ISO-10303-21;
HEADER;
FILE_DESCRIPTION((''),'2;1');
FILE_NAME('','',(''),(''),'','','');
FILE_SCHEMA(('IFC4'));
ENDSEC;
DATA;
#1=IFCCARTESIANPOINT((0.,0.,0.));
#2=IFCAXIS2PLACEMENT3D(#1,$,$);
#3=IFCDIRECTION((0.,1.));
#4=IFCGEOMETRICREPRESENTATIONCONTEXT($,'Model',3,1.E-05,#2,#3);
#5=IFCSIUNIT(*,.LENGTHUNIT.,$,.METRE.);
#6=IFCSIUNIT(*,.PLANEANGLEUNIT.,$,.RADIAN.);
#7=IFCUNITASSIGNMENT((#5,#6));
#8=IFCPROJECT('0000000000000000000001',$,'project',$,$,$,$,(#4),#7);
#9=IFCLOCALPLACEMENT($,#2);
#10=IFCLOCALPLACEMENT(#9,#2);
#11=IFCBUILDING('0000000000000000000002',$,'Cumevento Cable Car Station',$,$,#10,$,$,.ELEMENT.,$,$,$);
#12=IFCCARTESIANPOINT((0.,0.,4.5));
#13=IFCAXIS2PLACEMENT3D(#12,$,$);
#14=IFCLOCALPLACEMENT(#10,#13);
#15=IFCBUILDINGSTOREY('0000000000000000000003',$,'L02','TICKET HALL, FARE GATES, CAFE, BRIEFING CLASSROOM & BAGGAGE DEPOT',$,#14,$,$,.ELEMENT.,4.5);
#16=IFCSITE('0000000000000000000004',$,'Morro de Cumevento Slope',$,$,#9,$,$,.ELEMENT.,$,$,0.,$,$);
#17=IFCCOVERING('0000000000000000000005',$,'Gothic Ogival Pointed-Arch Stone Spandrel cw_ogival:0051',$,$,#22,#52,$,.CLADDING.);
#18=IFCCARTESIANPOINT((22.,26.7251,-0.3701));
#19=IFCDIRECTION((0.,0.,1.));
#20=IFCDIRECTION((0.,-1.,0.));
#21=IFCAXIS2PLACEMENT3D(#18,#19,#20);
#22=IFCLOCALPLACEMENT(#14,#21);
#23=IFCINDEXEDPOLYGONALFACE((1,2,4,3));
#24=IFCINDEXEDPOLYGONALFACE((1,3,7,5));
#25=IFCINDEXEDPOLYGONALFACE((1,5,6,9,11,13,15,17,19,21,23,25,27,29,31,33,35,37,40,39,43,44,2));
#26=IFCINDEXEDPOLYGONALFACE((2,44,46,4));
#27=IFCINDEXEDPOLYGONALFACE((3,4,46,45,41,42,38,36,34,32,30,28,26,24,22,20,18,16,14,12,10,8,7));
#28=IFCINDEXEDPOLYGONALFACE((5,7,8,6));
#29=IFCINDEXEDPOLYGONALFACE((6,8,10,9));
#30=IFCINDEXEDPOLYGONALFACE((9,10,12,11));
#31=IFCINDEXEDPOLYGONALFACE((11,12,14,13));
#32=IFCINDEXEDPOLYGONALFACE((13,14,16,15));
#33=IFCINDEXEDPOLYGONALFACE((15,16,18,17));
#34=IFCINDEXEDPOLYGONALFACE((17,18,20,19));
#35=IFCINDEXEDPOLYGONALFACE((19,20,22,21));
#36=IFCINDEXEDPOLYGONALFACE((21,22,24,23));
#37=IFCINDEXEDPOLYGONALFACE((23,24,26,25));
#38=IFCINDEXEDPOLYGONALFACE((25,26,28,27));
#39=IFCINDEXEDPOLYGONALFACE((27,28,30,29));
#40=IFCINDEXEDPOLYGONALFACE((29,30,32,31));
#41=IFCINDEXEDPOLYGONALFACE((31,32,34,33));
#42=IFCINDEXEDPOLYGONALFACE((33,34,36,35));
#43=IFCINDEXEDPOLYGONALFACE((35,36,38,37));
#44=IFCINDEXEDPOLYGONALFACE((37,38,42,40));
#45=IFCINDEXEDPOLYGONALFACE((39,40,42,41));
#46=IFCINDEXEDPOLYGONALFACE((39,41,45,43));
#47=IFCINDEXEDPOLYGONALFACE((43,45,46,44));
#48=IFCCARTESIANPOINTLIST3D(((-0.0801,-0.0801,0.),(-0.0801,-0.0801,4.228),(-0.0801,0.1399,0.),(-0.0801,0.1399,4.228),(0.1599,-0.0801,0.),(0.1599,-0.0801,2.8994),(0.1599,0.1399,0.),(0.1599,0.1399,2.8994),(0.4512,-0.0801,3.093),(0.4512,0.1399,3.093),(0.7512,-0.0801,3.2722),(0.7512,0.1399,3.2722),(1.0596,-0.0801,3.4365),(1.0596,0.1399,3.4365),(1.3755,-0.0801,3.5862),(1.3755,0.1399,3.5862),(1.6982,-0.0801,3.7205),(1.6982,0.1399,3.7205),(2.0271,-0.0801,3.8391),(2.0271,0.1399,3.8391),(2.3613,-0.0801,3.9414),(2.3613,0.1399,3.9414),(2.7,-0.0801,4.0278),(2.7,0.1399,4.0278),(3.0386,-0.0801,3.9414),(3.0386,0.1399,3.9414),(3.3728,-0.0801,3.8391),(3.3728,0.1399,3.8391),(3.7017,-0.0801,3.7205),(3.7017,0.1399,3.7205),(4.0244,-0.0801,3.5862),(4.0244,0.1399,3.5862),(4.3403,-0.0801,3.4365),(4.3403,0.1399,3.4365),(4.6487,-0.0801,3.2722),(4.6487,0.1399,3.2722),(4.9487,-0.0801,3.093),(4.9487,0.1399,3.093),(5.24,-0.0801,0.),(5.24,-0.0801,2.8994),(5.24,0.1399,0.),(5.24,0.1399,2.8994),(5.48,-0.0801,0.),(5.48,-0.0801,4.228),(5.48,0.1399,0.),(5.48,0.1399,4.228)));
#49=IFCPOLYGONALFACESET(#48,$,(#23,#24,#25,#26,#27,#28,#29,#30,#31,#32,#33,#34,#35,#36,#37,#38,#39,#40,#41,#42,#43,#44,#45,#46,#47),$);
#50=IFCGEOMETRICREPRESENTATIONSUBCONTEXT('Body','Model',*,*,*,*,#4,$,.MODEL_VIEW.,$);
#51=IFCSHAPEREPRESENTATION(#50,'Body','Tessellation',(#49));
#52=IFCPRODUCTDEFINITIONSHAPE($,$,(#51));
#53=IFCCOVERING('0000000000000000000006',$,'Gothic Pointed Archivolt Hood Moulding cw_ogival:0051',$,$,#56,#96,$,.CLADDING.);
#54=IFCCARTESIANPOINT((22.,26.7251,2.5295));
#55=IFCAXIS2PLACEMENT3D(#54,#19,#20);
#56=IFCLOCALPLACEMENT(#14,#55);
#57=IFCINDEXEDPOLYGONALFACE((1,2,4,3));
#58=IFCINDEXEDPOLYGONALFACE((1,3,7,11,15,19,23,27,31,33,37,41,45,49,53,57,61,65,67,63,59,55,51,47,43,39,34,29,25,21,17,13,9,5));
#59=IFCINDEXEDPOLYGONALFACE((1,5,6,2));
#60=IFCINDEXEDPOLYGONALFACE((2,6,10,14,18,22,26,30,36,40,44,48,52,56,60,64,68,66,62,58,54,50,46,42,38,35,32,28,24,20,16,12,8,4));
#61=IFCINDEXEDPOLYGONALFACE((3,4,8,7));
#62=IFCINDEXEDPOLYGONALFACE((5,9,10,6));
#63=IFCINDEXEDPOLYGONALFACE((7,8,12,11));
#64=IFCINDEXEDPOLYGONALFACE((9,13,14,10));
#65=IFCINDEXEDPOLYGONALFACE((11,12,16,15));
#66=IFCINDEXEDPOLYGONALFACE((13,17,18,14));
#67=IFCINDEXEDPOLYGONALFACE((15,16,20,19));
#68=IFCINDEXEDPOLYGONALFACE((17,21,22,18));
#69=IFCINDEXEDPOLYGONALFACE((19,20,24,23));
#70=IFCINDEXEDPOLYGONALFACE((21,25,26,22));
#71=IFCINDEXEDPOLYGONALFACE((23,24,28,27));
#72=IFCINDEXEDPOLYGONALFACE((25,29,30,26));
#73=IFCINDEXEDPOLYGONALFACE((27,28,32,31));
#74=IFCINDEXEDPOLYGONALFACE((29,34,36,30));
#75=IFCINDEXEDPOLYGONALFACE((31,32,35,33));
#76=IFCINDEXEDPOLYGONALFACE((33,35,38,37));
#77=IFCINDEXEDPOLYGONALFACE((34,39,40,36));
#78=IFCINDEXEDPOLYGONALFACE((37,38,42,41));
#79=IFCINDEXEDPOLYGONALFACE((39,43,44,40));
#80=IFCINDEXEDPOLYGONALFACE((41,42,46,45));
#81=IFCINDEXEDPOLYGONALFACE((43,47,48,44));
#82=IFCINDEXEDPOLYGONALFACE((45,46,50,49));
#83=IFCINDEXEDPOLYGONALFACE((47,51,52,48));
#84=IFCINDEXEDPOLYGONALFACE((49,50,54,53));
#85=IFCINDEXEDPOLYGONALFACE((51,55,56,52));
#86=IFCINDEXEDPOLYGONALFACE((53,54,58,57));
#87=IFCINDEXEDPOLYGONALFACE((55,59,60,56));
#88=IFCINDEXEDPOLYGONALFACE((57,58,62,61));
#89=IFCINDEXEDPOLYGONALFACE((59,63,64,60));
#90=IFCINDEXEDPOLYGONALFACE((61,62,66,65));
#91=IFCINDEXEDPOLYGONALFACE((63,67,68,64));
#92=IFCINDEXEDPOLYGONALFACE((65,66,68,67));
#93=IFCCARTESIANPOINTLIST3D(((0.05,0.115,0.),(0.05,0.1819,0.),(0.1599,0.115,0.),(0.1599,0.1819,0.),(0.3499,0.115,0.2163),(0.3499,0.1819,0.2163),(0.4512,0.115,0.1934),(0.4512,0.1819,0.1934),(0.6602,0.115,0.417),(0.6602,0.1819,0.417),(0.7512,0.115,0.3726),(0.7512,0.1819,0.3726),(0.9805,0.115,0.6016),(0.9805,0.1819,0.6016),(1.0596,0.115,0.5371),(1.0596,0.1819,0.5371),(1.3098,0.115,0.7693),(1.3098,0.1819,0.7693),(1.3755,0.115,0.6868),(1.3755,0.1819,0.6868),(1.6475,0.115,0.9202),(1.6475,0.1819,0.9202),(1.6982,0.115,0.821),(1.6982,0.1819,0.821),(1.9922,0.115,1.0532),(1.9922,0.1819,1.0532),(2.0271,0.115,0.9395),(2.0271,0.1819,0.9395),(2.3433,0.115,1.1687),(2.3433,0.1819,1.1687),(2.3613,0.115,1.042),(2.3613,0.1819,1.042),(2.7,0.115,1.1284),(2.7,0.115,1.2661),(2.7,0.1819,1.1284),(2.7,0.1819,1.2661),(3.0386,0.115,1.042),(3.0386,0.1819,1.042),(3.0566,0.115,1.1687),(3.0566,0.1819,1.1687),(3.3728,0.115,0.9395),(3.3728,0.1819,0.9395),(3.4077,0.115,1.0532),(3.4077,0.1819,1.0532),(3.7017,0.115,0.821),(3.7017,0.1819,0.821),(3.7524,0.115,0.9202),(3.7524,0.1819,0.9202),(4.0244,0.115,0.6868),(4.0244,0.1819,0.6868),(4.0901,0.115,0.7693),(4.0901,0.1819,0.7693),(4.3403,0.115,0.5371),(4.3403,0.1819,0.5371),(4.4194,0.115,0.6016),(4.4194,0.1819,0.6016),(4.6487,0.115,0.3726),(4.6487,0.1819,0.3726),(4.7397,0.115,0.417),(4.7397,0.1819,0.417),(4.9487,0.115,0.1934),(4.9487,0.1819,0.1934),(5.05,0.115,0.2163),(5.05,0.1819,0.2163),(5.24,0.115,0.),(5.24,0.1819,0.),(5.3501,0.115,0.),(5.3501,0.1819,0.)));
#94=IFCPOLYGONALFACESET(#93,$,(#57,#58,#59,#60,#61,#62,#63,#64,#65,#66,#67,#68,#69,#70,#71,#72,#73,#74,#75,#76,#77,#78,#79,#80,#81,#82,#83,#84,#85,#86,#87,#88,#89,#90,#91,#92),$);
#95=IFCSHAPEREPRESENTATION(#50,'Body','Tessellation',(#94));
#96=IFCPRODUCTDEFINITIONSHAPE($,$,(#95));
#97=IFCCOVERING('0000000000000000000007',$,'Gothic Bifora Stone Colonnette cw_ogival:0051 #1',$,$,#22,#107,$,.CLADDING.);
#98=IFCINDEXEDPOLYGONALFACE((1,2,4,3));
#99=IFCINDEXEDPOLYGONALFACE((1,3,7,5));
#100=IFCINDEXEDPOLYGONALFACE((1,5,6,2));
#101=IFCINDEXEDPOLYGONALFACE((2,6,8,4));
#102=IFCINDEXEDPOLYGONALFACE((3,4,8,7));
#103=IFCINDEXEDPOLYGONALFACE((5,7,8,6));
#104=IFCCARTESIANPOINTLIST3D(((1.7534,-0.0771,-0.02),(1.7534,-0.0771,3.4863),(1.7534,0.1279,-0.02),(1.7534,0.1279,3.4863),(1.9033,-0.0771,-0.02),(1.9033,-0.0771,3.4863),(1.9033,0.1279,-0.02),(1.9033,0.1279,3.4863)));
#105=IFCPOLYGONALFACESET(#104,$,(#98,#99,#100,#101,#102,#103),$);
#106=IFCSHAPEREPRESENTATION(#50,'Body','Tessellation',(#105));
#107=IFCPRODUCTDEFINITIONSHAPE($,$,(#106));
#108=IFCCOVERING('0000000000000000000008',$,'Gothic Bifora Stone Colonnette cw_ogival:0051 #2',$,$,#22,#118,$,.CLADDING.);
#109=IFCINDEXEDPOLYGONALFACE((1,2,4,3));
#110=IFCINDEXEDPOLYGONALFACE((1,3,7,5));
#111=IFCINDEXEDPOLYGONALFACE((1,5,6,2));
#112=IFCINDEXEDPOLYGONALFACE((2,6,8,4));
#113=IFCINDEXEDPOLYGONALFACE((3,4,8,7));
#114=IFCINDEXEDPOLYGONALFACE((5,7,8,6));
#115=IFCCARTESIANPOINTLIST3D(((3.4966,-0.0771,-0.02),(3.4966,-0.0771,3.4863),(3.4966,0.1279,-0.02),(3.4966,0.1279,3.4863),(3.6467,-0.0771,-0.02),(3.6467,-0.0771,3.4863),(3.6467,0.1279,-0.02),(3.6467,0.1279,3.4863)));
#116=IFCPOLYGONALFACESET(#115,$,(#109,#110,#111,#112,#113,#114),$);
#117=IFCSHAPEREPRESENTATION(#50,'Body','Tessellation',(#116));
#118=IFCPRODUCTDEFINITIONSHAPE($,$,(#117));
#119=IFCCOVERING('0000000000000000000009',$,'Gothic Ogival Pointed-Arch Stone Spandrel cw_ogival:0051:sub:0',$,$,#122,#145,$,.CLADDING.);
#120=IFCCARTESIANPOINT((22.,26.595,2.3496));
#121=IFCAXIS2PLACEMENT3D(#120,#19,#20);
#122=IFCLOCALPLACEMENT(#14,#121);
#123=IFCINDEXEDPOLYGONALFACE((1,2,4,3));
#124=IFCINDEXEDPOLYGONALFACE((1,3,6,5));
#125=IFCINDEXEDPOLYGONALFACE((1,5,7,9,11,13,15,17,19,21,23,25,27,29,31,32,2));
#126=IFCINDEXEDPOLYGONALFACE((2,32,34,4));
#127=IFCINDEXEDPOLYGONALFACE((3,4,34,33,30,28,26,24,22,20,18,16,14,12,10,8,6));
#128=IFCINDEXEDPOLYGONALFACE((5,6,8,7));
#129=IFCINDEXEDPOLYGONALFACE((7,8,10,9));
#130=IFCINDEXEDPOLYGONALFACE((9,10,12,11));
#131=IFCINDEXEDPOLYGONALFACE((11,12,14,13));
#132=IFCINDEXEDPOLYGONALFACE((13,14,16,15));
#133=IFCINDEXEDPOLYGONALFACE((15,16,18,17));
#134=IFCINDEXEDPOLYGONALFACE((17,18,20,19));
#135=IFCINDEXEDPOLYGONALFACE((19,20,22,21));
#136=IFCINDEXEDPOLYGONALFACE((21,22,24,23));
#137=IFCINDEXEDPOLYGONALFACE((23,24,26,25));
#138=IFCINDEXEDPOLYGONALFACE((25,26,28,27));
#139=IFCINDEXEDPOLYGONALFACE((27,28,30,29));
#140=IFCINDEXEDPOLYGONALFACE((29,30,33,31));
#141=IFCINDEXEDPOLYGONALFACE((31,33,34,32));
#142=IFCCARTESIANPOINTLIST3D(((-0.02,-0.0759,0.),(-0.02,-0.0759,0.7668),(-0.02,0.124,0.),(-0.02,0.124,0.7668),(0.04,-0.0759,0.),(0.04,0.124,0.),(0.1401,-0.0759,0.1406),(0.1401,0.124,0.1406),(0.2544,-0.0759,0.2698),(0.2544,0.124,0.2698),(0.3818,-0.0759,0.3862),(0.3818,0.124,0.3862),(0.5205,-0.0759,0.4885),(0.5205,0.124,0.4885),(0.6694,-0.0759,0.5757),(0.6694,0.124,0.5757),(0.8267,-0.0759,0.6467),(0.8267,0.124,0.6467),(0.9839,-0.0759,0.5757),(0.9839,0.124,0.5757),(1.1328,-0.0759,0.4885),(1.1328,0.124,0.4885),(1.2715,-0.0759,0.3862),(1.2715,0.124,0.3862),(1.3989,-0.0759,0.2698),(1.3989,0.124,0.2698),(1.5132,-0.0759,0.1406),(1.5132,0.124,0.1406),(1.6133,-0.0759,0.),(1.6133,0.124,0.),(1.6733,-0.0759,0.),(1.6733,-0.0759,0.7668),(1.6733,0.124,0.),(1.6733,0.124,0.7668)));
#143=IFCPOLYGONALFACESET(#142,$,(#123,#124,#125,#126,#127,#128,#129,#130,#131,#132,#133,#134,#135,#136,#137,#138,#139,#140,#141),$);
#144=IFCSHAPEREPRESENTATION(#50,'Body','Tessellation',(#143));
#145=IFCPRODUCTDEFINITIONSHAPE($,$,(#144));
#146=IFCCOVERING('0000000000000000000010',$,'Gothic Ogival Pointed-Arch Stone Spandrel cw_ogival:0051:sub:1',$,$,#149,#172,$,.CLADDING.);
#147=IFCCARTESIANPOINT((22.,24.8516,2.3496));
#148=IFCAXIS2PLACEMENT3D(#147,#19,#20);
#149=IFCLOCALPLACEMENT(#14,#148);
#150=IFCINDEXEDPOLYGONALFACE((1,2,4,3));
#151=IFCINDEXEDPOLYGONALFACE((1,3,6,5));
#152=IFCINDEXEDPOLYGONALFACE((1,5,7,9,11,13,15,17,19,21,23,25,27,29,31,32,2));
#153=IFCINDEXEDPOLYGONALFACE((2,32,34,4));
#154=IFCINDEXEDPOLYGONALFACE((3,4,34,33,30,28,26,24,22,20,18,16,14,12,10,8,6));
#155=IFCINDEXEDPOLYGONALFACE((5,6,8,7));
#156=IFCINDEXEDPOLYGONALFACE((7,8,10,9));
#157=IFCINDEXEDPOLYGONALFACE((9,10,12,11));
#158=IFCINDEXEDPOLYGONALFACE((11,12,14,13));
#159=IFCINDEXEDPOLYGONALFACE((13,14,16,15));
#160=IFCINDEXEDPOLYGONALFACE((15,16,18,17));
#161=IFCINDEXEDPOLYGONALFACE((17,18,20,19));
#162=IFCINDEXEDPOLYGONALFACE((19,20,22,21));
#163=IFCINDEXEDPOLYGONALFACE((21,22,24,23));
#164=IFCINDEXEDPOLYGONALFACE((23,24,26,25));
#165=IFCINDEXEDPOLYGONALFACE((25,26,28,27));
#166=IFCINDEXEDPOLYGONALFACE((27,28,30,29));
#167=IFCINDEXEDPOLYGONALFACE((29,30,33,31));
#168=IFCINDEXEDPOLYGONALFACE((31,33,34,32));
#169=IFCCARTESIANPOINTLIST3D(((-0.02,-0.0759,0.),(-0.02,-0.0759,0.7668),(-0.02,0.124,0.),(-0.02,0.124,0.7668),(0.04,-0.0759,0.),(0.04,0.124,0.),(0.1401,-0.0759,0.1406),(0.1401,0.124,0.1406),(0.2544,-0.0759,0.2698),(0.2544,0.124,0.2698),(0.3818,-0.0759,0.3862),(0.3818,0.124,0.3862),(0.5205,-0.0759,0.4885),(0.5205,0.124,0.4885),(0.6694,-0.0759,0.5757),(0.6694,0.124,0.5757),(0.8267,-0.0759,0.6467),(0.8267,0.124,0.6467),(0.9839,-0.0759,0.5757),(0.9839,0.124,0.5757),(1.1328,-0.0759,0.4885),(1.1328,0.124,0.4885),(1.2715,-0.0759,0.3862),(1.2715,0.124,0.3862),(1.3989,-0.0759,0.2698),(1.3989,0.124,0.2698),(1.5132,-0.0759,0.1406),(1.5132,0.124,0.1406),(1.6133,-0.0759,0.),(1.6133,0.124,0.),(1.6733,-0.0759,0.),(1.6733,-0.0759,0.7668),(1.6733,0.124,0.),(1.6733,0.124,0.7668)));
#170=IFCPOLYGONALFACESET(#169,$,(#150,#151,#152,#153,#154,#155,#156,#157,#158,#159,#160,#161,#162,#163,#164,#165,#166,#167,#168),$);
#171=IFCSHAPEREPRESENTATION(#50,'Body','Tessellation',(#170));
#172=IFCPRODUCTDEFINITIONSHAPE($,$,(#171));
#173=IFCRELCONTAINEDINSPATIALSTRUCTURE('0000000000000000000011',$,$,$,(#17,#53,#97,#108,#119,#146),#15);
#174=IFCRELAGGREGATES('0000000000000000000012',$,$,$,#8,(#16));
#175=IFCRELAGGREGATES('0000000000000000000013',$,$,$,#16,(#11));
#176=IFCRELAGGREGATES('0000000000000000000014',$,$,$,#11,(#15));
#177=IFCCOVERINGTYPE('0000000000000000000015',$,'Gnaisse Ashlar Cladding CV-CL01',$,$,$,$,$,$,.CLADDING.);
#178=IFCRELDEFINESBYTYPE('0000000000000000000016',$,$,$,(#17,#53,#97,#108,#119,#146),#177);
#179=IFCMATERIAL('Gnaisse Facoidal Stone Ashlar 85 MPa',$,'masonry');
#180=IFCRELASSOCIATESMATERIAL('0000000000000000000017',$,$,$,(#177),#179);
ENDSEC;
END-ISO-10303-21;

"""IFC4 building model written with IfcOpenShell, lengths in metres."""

from ifc_helpers import new_model, si_unit, direction, frame, origin, place, context, subcontext, project, spatial, polyline, outline, extrude, material, type_object, element, save


model = new_model("IFC4")

# Units and contexts
model_context = context("Model", 3, precision=1e-05, world=origin(), true_north=direction((0.0, 1.0)))
body_context = subcontext(model_context, "Body", "Model", "MODEL_VIEW")
ifc_project = project(units=[si_unit("LENGTHUNIT", "METRE"), si_unit("PLANEANGLEUNIT", "RADIAN")], contexts=[model_context])

# Site, building, storey
site_placement = place(None, origin())
site = spatial("IfcSite", under=ifc_project, at=site_placement, Name="Morro de Cumevento Slope", CompositionType="ELEMENT", RefElevation=0.0)
building_placement = place(site_placement, origin())
building = spatial("IfcBuilding", under=site, at=building_placement, Name="Cumevento Cable Car Station", CompositionType="ELEMENT")
storey_placement = place(building_placement, frame((0.0, 0.0, 4.5)))
storey = spatial("IfcBuildingStorey", under=building, at=storey_placement, Name="L02", Description="TICKET HALL, FARE GATES, CAFE, BRIEFING CLASSROOM & BAGGAGE DEPOT", CompositionType="ELEMENT", Elevation=4.5)

# Coverings
ifc_material_1 = material(Name="Gnaisse Facoidal Stone Ashlar 85 MPa", Category="masonry")
covering_type = type_object("IfcCoveringType", Name="Gnaisse Ashlar Cladding CV-CL01", PredefinedType="CLADDING", material=ifc_material_1)
placement = place(storey_placement, frame((22.0, 26.7251, -0.3701), z_axis=(0.0, 0.0, 1.0), x_axis=(0.0, -1.0, 0.0)))
element("IfcCovering", 1, at=placement, inside=storey, type_object=covering_type, Name="Gothic Ogival Pointed-Arch Stone Spandrel cw_ogival:0051", PredefinedType="CLADDING", context=body_context, shape_type="SweptSolid", body=[
    extrude(outline(polyline([(-0.0801, 0.0), (-0.0801, 4.228), (5.48, 4.228), (5.48, 0.0), (5.24, 0.0), (5.24, 2.8994), (4.9487, 3.093), (4.6487, 3.2722), (4.3403, 3.4365), (4.0244, 3.5862), (3.7017, 3.7205), (3.3728, 3.8391), (3.0386, 3.9414), (2.7, 4.0278), (2.3613, 3.9414), (2.0271, 3.8391), (1.6982, 3.7205), (1.3755, 3.5862), (1.0596, 3.4365), (0.7512, 3.2722), (0.4512, 3.093), (0.1599, 2.8994), (0.1599, 0.0), (-0.0801, 0.0)])), frame((0.0, 0.1399, 0.0), z_axis=(0.0, -1.0, 0.0), x_axis=(1.0, 0.0, 0.0)), (0.0, 0.0, 1.0), 0.22),
])
covering_1_placement = place(storey_placement, frame((22.0, 26.7251, 2.5295), z_axis=(0.0, 0.0, 1.0), x_axis=(0.0, -1.0, 0.0)))
element("IfcCovering", 2, at=covering_1_placement, inside=storey, type_object=covering_type, Name="Gothic Pointed Archivolt Hood Moulding cw_ogival:0051", PredefinedType="CLADDING", context=body_context, shape_type="SweptSolid", body=[
    extrude(outline(polyline([(0.1599, 0.0), (0.4512, 0.1934), (0.7512, 0.3726), (1.0596, 0.5371), (1.3755, 0.6868), (1.6982, 0.821), (2.0271, 0.9395), (2.3613, 1.042), (2.7, 1.1284), (3.0386, 1.042), (3.3728, 0.9395), (3.7017, 0.821), (4.0244, 0.6868), (4.3403, 0.5371), (4.6487, 0.3726), (4.9487, 0.1934), (5.24, 0.0), (5.3501, 0.0), (5.05, 0.2163), (4.7397, 0.417), (4.4194, 0.6016), (4.0901, 0.7693), (3.7524, 0.9202), (3.4077, 1.0532), (3.0566, 1.1687), (2.7, 1.2661), (2.3433, 1.1687), (1.9922, 1.0532), (1.6475, 0.9202), (1.3098, 0.7693), (0.9805, 0.6016), (0.6602, 0.417), (0.3499, 0.2163), (0.05, 0.0), (0.1599, 0.0)])), frame((0.0, 0.1819, 0.0), z_axis=(0.0, -1.0, 0.0), x_axis=(1.0, 0.0, 0.0)), (0.0, 0.0, 1.0), 0.0669),
])
element("IfcCovering", 3, at=placement, inside=storey, type_object=covering_type, Name="Gothic Bifora Stone Colonnette cw_ogival:0051 #1", PredefinedType="CLADDING", context=body_context, shape_type="SweptSolid", body=[
    extrude(outline(polyline([(1.7534, -0.02), (1.9033, -0.02), (1.9033, 3.4863), (1.7534, 3.4863), (1.7534, -0.02)])), frame((0.0, 0.1279, 0.0), z_axis=(0.0, -1.0, 0.0), x_axis=(1.0, 0.0, 0.0)), (0.0, 0.0, 1.0), 0.2051),
])
element("IfcCovering", 4, at=placement, inside=storey, type_object=covering_type, Name="Gothic Bifora Stone Colonnette cw_ogival:0051 #2", PredefinedType="CLADDING", context=body_context, shape_type="SweptSolid", body=[
    extrude(outline(polyline([(3.4966, -0.02), (3.6467, -0.02), (3.6467, 3.4863), (3.4966, 3.4863), (3.4966, -0.02)])), frame((0.0, 0.1279, 0.0), z_axis=(0.0, -1.0, 0.0), x_axis=(1.0, 0.0, 0.0)), (0.0, 0.0, 1.0), 0.2051),
])
for number, where, z_axis, x_axis, name in (
    (5, (22.0, 26.595, 2.3496), (0.0, 0.0, 1.0), (0.0, -1.0, 0.0), "Gothic Ogival Pointed-Arch Stone Spandrel cw_ogival:0051:sub:0"),
    (6, (22.0, 24.8516, 2.3496), (0.0, 0.0, 1.0), (0.0, -1.0, 0.0), "Gothic Ogival Pointed-Arch Stone Spandrel cw_ogival:0051:sub:1"),
):
    element("IfcCovering", number, at=place(storey_placement, frame(where, z_axis=z_axis, x_axis=x_axis)), inside=storey, type_object=covering_type, Name=name, PredefinedType="CLADDING", context=body_context, shape_type="SweptSolid", body=[
        extrude(outline(polyline([(-0.02, 0.0), (-0.02, 0.7668), (1.6733, 0.7668), (1.6733, 0.0), (1.6133, 0.0), (1.5132, 0.1406), (1.3989, 0.2698), (1.2715, 0.3862), (1.1328, 0.4885), (0.9839, 0.5757), (0.8267, 0.6467), (0.6694, 0.5757), (0.5205, 0.4885), (0.3818, 0.3862), (0.2544, 0.2698), (0.1401, 0.1406), (0.04, 0.0), (-0.02, 0.0)])), frame((0.0, 0.124, 0.0), z_axis=(0.0, -1.0, 0.0), x_axis=(1.0, 0.0, 0.0)), (0.0, 0.0, 1.0), 0.2),
    ])

save(model, "model.ifc")
